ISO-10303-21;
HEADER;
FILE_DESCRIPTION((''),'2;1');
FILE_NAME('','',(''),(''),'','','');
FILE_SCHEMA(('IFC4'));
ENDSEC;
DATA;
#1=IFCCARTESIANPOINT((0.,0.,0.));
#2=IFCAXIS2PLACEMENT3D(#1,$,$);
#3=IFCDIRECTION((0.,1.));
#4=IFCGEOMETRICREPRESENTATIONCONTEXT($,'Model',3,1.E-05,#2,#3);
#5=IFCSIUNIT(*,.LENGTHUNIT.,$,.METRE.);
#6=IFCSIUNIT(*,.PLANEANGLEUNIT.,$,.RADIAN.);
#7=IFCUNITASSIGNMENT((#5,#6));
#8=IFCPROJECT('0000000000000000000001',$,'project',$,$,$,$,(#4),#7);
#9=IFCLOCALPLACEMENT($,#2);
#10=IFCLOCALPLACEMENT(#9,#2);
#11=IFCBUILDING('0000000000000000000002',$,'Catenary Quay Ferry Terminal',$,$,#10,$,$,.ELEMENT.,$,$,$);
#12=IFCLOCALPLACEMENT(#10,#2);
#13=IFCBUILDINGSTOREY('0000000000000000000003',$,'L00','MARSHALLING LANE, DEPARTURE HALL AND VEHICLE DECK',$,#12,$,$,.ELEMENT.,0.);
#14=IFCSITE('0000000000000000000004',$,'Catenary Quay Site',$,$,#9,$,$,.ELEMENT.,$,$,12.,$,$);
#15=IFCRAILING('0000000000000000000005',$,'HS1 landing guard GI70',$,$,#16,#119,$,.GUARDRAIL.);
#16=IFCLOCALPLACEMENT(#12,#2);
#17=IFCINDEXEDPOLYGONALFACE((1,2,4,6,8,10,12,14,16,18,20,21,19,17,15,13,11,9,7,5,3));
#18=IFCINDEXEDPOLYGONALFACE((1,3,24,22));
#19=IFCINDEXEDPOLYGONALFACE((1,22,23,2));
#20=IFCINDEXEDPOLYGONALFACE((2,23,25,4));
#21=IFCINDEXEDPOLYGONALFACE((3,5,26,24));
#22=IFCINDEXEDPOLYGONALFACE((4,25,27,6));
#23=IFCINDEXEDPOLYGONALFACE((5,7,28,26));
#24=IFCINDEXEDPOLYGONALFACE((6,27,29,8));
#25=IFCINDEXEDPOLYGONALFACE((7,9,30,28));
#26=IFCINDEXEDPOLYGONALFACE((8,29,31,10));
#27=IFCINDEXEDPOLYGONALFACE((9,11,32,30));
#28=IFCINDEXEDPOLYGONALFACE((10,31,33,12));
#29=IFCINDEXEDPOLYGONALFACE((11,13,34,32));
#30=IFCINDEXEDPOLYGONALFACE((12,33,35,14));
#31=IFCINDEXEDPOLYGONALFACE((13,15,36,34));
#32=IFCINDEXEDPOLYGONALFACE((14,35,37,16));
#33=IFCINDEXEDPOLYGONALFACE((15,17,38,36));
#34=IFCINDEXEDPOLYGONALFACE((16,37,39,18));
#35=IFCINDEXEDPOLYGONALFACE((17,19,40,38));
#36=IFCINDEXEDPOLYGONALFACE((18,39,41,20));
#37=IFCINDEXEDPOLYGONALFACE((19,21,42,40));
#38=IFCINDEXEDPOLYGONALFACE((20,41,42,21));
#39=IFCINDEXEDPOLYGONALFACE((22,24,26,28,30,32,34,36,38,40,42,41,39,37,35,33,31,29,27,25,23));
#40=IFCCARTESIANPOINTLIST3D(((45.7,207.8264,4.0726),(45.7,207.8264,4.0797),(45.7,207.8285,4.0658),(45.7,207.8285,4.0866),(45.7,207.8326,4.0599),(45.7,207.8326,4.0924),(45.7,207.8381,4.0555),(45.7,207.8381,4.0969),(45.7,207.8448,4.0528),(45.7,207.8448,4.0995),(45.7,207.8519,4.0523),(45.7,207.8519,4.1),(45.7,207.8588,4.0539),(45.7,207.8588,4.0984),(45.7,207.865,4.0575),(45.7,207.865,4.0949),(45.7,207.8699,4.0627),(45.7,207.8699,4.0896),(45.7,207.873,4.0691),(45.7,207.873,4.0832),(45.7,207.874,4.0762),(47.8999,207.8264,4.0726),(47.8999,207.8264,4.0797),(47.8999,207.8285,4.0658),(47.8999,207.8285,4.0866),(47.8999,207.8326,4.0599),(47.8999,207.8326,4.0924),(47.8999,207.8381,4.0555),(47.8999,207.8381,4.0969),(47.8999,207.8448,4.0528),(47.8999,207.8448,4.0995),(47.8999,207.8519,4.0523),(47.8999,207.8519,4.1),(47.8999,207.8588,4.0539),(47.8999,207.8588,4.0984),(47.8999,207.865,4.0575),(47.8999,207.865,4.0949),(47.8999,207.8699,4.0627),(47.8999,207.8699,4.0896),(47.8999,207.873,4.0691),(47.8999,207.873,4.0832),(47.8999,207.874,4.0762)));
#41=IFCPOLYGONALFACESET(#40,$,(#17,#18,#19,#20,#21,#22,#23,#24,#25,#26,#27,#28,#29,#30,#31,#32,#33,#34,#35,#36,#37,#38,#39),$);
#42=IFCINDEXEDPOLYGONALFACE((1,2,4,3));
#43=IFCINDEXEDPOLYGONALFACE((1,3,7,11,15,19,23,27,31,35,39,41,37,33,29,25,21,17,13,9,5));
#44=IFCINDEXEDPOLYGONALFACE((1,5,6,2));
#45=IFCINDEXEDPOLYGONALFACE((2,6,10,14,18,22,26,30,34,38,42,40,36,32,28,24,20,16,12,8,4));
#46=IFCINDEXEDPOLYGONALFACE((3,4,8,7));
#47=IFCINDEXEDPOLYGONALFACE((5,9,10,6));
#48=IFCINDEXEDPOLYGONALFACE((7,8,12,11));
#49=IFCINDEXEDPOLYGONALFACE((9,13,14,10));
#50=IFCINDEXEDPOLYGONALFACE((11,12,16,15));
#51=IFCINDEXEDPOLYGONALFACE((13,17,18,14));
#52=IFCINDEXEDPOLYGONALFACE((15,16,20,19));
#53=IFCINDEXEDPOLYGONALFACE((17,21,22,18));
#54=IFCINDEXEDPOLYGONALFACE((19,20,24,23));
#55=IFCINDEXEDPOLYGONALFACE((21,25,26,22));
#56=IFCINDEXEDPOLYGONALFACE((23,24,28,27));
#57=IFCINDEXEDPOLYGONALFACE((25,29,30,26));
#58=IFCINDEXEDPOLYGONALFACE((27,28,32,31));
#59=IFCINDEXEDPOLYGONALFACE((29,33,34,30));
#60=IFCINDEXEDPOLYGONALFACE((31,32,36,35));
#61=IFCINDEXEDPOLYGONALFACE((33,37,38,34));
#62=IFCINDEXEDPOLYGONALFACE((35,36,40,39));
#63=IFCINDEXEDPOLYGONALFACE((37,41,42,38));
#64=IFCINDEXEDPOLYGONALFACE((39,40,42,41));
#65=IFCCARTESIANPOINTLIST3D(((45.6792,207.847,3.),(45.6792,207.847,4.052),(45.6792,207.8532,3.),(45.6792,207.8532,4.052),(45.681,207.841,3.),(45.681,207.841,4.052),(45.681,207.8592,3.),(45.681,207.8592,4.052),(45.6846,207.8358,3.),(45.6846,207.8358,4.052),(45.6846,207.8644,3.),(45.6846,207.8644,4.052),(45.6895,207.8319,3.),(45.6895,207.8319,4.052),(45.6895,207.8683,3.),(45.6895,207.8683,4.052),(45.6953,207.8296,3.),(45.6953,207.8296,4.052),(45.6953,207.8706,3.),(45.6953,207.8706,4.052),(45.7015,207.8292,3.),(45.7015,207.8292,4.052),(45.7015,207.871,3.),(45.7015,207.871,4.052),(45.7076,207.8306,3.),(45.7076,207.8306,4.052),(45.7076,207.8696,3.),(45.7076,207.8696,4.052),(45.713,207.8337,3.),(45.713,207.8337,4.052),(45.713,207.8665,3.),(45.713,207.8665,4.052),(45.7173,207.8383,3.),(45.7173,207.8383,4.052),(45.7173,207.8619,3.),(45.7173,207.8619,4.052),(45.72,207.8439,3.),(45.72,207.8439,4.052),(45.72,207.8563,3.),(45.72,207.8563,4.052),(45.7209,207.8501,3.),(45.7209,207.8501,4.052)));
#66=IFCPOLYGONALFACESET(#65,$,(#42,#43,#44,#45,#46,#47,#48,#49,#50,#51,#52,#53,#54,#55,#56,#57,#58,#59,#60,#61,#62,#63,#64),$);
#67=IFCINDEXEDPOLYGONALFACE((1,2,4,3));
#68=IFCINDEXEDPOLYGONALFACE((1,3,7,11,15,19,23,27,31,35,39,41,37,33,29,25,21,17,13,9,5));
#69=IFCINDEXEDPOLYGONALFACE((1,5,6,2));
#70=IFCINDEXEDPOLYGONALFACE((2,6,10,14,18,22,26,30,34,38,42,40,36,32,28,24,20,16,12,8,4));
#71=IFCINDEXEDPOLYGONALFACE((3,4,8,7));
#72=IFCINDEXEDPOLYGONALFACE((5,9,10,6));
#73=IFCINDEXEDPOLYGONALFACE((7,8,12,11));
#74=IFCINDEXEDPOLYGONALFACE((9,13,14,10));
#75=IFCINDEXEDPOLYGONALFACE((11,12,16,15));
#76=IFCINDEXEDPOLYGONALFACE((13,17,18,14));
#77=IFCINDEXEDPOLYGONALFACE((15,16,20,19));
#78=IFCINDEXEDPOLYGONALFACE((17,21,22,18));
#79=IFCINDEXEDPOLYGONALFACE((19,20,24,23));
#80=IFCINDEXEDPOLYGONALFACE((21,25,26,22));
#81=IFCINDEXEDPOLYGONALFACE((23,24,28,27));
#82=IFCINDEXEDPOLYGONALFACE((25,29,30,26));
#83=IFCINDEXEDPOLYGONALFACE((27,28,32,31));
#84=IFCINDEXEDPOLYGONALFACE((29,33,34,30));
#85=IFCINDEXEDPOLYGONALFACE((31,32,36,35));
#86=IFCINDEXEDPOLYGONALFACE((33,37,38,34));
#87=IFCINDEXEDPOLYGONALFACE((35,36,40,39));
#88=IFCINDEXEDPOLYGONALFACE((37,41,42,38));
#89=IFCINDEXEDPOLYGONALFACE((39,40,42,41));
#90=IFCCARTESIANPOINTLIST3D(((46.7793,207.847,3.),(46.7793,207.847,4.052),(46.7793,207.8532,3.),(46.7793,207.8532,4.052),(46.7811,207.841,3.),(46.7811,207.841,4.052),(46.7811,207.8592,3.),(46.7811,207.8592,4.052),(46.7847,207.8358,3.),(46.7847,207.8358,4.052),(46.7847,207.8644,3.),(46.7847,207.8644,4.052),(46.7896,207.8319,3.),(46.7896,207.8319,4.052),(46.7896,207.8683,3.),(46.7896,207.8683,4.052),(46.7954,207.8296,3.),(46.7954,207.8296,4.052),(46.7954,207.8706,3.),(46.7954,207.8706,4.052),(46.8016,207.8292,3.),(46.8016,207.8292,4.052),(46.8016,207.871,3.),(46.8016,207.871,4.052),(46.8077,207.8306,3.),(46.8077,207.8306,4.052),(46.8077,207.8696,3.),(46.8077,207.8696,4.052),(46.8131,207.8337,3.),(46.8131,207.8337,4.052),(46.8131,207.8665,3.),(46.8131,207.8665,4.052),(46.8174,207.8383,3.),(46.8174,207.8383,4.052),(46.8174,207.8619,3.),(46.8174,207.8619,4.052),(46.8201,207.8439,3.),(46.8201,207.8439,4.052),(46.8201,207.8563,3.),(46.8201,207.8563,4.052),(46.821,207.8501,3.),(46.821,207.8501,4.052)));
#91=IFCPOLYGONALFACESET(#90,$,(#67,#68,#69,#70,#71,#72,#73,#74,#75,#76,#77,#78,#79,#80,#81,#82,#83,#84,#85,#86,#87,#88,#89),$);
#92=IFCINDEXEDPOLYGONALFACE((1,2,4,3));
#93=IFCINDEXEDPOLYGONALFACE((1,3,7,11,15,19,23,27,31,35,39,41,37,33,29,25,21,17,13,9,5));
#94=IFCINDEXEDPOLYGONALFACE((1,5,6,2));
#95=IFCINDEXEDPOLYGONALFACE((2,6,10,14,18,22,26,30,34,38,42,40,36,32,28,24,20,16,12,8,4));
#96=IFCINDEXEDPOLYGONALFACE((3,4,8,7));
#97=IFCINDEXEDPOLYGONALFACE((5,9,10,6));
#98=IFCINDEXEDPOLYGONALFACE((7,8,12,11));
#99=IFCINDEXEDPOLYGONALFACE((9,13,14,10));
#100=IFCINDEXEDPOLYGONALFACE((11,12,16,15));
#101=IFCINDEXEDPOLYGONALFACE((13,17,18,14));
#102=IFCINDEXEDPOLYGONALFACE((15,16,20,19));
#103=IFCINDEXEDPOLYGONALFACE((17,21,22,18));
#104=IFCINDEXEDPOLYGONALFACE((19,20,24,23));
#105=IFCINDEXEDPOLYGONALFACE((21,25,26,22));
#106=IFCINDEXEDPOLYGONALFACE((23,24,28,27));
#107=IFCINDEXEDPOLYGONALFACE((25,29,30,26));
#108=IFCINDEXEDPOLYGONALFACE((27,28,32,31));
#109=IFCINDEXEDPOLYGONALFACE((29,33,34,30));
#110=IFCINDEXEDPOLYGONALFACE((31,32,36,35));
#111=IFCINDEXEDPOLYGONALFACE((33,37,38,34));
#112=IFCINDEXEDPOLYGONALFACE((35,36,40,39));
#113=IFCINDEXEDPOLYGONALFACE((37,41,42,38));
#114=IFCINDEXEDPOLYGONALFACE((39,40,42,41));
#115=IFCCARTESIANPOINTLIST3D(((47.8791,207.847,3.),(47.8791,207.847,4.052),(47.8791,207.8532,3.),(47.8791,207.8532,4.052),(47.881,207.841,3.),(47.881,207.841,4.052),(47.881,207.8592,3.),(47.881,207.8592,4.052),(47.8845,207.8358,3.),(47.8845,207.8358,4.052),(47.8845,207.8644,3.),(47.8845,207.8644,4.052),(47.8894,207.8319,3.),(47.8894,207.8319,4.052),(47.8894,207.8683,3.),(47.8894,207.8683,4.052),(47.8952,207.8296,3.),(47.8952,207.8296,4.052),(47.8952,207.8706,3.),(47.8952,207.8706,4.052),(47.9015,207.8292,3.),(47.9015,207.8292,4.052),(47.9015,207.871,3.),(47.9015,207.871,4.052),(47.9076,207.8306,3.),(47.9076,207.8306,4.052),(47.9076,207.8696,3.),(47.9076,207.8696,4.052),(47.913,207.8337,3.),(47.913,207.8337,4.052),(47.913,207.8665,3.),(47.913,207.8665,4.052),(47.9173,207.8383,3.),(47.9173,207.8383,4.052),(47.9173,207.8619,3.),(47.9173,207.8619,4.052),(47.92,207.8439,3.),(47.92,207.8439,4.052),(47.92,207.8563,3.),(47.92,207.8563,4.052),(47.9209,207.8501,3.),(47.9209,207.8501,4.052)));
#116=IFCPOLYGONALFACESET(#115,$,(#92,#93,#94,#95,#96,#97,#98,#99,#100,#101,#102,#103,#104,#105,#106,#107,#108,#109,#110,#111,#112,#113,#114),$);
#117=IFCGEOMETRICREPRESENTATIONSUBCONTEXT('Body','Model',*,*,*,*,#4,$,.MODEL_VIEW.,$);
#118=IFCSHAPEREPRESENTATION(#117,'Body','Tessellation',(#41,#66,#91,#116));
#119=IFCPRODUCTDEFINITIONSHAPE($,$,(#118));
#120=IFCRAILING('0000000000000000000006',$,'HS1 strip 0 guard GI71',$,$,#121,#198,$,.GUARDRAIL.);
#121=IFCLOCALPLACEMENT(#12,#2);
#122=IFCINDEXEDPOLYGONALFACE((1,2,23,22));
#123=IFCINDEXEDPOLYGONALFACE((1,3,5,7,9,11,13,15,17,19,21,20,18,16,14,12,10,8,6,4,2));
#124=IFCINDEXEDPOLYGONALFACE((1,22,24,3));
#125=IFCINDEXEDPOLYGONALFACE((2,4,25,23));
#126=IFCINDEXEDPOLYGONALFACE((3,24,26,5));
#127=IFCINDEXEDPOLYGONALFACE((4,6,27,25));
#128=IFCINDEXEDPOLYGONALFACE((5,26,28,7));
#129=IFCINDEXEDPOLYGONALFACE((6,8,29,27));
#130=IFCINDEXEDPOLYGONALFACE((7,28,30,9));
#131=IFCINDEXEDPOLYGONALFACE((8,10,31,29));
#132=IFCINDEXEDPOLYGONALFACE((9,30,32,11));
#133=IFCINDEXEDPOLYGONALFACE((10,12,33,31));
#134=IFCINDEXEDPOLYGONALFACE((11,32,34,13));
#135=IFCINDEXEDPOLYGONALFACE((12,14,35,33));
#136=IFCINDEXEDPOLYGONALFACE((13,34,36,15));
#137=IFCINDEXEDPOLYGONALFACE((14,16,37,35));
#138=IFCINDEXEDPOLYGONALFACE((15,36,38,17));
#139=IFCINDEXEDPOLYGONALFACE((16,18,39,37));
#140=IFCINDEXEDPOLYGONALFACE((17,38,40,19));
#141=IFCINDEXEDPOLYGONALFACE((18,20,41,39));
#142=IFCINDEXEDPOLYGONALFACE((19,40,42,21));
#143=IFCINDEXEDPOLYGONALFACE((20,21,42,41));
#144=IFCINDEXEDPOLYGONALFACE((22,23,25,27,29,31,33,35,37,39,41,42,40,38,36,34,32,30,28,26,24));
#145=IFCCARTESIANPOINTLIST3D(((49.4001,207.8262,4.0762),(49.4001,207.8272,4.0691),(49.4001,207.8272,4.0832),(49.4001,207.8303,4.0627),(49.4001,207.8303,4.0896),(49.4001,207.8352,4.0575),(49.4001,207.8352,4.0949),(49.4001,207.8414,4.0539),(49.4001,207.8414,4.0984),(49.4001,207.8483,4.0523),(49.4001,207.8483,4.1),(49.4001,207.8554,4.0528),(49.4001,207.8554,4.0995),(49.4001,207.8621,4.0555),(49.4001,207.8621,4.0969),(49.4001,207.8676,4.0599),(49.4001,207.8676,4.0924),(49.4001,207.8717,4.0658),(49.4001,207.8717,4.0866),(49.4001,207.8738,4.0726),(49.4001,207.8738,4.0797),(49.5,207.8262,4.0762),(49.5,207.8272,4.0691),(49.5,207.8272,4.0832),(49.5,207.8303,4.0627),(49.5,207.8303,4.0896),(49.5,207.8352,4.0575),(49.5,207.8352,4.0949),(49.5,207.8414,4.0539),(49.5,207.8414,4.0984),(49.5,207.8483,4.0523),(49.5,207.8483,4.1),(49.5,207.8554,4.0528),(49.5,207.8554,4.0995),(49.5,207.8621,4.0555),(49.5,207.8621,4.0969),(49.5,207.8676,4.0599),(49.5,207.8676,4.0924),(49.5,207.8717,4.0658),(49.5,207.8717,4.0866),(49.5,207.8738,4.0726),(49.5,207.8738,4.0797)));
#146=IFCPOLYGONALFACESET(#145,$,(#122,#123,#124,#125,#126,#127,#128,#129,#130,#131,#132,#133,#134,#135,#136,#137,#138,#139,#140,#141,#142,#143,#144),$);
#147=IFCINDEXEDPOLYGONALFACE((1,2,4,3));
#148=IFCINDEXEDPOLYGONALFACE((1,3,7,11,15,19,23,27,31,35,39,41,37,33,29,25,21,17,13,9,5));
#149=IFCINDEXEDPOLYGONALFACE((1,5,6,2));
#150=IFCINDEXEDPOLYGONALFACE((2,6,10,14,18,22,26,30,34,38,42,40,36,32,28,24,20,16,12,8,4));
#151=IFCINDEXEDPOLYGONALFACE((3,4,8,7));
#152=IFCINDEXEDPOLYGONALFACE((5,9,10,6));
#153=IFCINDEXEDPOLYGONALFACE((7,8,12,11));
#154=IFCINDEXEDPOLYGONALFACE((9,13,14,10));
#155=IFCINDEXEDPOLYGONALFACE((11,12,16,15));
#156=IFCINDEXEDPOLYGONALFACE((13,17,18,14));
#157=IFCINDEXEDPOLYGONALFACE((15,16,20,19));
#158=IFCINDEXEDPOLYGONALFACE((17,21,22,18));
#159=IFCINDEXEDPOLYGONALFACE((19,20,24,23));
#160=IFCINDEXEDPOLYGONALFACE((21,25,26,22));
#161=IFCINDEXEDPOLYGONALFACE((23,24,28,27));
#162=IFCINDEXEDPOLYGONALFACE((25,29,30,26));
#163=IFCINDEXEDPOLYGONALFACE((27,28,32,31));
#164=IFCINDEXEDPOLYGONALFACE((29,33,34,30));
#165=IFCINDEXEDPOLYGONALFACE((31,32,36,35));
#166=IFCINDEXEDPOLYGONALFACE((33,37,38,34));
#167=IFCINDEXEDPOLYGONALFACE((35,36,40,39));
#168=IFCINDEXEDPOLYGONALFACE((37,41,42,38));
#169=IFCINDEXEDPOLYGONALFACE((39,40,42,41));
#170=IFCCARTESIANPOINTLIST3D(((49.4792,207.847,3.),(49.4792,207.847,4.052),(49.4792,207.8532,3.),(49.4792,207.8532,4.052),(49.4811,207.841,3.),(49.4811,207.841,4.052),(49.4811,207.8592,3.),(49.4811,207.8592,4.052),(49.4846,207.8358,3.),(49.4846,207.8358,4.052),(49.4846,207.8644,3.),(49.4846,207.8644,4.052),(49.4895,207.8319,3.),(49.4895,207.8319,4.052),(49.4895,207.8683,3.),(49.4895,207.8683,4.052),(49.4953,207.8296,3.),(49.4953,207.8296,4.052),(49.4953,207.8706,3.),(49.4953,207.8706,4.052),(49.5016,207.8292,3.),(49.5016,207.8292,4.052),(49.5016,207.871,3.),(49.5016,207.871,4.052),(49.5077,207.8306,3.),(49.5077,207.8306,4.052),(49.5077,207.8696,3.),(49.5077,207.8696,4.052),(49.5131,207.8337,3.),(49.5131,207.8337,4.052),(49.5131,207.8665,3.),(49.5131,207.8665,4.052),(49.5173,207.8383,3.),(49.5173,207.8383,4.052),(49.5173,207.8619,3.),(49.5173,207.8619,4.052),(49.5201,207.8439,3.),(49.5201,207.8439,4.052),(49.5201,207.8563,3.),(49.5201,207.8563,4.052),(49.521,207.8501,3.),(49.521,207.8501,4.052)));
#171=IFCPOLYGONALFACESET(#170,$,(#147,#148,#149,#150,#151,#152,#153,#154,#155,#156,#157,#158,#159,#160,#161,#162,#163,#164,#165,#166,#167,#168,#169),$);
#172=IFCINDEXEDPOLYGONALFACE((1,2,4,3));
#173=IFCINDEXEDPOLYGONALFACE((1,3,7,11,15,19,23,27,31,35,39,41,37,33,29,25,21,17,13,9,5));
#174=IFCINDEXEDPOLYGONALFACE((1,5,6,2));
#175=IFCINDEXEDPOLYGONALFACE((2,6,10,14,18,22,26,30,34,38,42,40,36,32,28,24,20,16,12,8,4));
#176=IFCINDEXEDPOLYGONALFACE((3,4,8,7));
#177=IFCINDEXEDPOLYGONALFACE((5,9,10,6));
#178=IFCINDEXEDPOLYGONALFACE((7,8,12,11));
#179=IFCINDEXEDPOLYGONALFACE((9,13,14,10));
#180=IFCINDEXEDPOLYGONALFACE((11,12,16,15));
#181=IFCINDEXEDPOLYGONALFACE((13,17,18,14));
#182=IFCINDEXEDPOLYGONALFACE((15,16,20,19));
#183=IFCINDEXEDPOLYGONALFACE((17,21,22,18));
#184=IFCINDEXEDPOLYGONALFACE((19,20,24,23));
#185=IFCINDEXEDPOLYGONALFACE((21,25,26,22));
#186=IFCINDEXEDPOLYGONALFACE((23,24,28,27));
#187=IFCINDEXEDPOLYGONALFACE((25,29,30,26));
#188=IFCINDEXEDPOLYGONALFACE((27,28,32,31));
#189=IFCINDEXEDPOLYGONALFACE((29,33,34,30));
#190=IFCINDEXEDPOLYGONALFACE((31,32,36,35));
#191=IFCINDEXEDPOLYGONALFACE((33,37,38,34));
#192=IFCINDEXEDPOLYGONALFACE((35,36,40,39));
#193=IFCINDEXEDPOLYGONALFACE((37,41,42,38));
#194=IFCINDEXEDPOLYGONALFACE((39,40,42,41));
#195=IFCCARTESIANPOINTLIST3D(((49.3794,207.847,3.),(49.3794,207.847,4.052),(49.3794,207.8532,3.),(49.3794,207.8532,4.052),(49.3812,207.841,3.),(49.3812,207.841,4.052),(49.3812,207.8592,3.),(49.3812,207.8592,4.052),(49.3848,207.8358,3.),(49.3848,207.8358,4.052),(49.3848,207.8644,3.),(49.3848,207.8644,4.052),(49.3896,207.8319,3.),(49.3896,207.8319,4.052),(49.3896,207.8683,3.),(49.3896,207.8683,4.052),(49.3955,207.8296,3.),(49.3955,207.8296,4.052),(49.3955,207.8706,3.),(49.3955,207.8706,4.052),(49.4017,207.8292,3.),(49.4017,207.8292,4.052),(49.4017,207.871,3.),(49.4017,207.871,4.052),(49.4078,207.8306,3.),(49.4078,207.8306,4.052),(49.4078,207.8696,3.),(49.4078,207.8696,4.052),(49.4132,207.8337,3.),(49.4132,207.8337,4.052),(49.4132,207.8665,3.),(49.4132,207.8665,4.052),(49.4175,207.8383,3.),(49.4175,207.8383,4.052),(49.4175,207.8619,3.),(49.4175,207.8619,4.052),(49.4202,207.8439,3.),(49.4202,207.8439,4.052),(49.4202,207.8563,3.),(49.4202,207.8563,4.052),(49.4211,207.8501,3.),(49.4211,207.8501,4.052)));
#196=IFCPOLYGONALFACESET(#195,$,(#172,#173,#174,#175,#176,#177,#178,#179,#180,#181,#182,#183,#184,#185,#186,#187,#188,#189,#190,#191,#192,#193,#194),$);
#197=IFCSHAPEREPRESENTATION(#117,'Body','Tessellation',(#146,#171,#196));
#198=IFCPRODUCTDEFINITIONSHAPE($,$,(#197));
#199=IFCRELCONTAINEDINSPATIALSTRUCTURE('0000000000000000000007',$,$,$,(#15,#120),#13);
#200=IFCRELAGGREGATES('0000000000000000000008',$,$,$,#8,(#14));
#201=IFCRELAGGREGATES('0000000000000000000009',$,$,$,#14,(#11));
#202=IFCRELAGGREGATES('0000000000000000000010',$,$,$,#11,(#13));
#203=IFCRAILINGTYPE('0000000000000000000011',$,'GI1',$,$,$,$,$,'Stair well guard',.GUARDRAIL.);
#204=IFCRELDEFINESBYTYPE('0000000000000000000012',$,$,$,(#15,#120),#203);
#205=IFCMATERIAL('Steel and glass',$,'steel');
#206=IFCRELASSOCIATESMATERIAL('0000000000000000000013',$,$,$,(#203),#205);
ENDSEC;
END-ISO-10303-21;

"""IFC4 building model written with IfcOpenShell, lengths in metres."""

from ifc_helpers import new_model, si_unit, direction, frame, origin, origin_2d, place, context, subcontext, project, spatial, circle, extrude, material, type_object, element, save


model = new_model("IFC4")

# Units and contexts
model_context = context("Model", 3, precision=1e-05, world=origin(), true_north=direction((0.0, 1.0)))
body_context = subcontext(model_context, "Body", "Model", "MODEL_VIEW")
ifc_project = project(units=[si_unit("LENGTHUNIT", "METRE"), si_unit("PLANEANGLEUNIT", "RADIAN")], contexts=[model_context])

# Site, building, storey
site_placement = place(None, origin())
site = spatial("IfcSite", under=ifc_project, at=site_placement, Name="Catenary Quay Site", CompositionType="ELEMENT", RefElevation=12.0)
building_placement = place(site_placement, origin())
building = spatial("IfcBuilding", under=site, at=building_placement, Name="Catenary Quay Ferry Terminal", CompositionType="ELEMENT")
storey_placement = place(building_placement, origin())
storey = spatial("IfcBuildingStorey", under=building, at=storey_placement, Name="L00", Description="MARSHALLING LANE, DEPARTURE HALL AND VEHICLE DECK", CompositionType="ELEMENT", Elevation=0.0)

# Railings
ifc_material_1 = material(Name="Steel and glass", Category="steel")
railing_type_1 = type_object("IfcRailingType", Name="GI1", ElementType="Stair well guard", PredefinedType="GUARDRAIL", material=ifc_material_1)
railing_1_placement = place(storey_placement, frame((45.7, 207.8501, 3.0)))
element("IfcRailing", 1, at=railing_1_placement, inside=storey, type_object=railing_type_1, Name="HS1 landing guard GI70", PredefinedType="GUARDRAIL", context=body_context, shape_type="SweptSolid", body=[
    extrude(circle(Radius=0.0239, at=origin_2d()), frame((0.0, 0.0, 1.0762), z_axis=(1.0, 0.0, 0.0), x_axis=(0.0, 1.0, 0.0)), (0.0, 0.0, 1.0), 2.2),
    extrude(circle(Radius=0.021, at=origin_2d()), origin(), (0.0, 0.0, 1.0), 1.052),
    extrude(circle(Radius=0.021, at=origin_2d()), frame((1.1001, 0.0, 0.0)), (0.0, 0.0, 1.0), 1.052),
    extrude(circle(Radius=0.021, at=origin_2d()), frame((2.2, 0.0, 0.0)), (0.0, 0.0, 1.0), 1.052),
])
railing_2_placement = place(storey_placement, frame((49.5, 207.8501, 3.0)))
element("IfcRailing", 2, at=railing_2_placement, inside=storey, type_object=railing_type_1, Name="HS1 strip 0 guard GI71", PredefinedType="GUARDRAIL", context=body_context, shape_type="SweptSolid", body=[
    extrude(circle(Radius=0.0239, at=origin_2d()), frame((0.0, 0.0, 1.0762), z_axis=(-1.0, 0.0, 0.0), x_axis=(0.0, -1.0, 0.0)), (0.0, 0.0, 1.0), 0.0999),
    extrude(circle(Radius=0.021, at=origin_2d()), origin(), (0.0, 0.0, 1.0), 1.052),
    extrude(circle(Radius=0.021, at=origin_2d()), frame((-0.0999, 0.0, 0.0)), (0.0, 0.0, 1.0), 1.052),
])

save(model, "model.ifc")
